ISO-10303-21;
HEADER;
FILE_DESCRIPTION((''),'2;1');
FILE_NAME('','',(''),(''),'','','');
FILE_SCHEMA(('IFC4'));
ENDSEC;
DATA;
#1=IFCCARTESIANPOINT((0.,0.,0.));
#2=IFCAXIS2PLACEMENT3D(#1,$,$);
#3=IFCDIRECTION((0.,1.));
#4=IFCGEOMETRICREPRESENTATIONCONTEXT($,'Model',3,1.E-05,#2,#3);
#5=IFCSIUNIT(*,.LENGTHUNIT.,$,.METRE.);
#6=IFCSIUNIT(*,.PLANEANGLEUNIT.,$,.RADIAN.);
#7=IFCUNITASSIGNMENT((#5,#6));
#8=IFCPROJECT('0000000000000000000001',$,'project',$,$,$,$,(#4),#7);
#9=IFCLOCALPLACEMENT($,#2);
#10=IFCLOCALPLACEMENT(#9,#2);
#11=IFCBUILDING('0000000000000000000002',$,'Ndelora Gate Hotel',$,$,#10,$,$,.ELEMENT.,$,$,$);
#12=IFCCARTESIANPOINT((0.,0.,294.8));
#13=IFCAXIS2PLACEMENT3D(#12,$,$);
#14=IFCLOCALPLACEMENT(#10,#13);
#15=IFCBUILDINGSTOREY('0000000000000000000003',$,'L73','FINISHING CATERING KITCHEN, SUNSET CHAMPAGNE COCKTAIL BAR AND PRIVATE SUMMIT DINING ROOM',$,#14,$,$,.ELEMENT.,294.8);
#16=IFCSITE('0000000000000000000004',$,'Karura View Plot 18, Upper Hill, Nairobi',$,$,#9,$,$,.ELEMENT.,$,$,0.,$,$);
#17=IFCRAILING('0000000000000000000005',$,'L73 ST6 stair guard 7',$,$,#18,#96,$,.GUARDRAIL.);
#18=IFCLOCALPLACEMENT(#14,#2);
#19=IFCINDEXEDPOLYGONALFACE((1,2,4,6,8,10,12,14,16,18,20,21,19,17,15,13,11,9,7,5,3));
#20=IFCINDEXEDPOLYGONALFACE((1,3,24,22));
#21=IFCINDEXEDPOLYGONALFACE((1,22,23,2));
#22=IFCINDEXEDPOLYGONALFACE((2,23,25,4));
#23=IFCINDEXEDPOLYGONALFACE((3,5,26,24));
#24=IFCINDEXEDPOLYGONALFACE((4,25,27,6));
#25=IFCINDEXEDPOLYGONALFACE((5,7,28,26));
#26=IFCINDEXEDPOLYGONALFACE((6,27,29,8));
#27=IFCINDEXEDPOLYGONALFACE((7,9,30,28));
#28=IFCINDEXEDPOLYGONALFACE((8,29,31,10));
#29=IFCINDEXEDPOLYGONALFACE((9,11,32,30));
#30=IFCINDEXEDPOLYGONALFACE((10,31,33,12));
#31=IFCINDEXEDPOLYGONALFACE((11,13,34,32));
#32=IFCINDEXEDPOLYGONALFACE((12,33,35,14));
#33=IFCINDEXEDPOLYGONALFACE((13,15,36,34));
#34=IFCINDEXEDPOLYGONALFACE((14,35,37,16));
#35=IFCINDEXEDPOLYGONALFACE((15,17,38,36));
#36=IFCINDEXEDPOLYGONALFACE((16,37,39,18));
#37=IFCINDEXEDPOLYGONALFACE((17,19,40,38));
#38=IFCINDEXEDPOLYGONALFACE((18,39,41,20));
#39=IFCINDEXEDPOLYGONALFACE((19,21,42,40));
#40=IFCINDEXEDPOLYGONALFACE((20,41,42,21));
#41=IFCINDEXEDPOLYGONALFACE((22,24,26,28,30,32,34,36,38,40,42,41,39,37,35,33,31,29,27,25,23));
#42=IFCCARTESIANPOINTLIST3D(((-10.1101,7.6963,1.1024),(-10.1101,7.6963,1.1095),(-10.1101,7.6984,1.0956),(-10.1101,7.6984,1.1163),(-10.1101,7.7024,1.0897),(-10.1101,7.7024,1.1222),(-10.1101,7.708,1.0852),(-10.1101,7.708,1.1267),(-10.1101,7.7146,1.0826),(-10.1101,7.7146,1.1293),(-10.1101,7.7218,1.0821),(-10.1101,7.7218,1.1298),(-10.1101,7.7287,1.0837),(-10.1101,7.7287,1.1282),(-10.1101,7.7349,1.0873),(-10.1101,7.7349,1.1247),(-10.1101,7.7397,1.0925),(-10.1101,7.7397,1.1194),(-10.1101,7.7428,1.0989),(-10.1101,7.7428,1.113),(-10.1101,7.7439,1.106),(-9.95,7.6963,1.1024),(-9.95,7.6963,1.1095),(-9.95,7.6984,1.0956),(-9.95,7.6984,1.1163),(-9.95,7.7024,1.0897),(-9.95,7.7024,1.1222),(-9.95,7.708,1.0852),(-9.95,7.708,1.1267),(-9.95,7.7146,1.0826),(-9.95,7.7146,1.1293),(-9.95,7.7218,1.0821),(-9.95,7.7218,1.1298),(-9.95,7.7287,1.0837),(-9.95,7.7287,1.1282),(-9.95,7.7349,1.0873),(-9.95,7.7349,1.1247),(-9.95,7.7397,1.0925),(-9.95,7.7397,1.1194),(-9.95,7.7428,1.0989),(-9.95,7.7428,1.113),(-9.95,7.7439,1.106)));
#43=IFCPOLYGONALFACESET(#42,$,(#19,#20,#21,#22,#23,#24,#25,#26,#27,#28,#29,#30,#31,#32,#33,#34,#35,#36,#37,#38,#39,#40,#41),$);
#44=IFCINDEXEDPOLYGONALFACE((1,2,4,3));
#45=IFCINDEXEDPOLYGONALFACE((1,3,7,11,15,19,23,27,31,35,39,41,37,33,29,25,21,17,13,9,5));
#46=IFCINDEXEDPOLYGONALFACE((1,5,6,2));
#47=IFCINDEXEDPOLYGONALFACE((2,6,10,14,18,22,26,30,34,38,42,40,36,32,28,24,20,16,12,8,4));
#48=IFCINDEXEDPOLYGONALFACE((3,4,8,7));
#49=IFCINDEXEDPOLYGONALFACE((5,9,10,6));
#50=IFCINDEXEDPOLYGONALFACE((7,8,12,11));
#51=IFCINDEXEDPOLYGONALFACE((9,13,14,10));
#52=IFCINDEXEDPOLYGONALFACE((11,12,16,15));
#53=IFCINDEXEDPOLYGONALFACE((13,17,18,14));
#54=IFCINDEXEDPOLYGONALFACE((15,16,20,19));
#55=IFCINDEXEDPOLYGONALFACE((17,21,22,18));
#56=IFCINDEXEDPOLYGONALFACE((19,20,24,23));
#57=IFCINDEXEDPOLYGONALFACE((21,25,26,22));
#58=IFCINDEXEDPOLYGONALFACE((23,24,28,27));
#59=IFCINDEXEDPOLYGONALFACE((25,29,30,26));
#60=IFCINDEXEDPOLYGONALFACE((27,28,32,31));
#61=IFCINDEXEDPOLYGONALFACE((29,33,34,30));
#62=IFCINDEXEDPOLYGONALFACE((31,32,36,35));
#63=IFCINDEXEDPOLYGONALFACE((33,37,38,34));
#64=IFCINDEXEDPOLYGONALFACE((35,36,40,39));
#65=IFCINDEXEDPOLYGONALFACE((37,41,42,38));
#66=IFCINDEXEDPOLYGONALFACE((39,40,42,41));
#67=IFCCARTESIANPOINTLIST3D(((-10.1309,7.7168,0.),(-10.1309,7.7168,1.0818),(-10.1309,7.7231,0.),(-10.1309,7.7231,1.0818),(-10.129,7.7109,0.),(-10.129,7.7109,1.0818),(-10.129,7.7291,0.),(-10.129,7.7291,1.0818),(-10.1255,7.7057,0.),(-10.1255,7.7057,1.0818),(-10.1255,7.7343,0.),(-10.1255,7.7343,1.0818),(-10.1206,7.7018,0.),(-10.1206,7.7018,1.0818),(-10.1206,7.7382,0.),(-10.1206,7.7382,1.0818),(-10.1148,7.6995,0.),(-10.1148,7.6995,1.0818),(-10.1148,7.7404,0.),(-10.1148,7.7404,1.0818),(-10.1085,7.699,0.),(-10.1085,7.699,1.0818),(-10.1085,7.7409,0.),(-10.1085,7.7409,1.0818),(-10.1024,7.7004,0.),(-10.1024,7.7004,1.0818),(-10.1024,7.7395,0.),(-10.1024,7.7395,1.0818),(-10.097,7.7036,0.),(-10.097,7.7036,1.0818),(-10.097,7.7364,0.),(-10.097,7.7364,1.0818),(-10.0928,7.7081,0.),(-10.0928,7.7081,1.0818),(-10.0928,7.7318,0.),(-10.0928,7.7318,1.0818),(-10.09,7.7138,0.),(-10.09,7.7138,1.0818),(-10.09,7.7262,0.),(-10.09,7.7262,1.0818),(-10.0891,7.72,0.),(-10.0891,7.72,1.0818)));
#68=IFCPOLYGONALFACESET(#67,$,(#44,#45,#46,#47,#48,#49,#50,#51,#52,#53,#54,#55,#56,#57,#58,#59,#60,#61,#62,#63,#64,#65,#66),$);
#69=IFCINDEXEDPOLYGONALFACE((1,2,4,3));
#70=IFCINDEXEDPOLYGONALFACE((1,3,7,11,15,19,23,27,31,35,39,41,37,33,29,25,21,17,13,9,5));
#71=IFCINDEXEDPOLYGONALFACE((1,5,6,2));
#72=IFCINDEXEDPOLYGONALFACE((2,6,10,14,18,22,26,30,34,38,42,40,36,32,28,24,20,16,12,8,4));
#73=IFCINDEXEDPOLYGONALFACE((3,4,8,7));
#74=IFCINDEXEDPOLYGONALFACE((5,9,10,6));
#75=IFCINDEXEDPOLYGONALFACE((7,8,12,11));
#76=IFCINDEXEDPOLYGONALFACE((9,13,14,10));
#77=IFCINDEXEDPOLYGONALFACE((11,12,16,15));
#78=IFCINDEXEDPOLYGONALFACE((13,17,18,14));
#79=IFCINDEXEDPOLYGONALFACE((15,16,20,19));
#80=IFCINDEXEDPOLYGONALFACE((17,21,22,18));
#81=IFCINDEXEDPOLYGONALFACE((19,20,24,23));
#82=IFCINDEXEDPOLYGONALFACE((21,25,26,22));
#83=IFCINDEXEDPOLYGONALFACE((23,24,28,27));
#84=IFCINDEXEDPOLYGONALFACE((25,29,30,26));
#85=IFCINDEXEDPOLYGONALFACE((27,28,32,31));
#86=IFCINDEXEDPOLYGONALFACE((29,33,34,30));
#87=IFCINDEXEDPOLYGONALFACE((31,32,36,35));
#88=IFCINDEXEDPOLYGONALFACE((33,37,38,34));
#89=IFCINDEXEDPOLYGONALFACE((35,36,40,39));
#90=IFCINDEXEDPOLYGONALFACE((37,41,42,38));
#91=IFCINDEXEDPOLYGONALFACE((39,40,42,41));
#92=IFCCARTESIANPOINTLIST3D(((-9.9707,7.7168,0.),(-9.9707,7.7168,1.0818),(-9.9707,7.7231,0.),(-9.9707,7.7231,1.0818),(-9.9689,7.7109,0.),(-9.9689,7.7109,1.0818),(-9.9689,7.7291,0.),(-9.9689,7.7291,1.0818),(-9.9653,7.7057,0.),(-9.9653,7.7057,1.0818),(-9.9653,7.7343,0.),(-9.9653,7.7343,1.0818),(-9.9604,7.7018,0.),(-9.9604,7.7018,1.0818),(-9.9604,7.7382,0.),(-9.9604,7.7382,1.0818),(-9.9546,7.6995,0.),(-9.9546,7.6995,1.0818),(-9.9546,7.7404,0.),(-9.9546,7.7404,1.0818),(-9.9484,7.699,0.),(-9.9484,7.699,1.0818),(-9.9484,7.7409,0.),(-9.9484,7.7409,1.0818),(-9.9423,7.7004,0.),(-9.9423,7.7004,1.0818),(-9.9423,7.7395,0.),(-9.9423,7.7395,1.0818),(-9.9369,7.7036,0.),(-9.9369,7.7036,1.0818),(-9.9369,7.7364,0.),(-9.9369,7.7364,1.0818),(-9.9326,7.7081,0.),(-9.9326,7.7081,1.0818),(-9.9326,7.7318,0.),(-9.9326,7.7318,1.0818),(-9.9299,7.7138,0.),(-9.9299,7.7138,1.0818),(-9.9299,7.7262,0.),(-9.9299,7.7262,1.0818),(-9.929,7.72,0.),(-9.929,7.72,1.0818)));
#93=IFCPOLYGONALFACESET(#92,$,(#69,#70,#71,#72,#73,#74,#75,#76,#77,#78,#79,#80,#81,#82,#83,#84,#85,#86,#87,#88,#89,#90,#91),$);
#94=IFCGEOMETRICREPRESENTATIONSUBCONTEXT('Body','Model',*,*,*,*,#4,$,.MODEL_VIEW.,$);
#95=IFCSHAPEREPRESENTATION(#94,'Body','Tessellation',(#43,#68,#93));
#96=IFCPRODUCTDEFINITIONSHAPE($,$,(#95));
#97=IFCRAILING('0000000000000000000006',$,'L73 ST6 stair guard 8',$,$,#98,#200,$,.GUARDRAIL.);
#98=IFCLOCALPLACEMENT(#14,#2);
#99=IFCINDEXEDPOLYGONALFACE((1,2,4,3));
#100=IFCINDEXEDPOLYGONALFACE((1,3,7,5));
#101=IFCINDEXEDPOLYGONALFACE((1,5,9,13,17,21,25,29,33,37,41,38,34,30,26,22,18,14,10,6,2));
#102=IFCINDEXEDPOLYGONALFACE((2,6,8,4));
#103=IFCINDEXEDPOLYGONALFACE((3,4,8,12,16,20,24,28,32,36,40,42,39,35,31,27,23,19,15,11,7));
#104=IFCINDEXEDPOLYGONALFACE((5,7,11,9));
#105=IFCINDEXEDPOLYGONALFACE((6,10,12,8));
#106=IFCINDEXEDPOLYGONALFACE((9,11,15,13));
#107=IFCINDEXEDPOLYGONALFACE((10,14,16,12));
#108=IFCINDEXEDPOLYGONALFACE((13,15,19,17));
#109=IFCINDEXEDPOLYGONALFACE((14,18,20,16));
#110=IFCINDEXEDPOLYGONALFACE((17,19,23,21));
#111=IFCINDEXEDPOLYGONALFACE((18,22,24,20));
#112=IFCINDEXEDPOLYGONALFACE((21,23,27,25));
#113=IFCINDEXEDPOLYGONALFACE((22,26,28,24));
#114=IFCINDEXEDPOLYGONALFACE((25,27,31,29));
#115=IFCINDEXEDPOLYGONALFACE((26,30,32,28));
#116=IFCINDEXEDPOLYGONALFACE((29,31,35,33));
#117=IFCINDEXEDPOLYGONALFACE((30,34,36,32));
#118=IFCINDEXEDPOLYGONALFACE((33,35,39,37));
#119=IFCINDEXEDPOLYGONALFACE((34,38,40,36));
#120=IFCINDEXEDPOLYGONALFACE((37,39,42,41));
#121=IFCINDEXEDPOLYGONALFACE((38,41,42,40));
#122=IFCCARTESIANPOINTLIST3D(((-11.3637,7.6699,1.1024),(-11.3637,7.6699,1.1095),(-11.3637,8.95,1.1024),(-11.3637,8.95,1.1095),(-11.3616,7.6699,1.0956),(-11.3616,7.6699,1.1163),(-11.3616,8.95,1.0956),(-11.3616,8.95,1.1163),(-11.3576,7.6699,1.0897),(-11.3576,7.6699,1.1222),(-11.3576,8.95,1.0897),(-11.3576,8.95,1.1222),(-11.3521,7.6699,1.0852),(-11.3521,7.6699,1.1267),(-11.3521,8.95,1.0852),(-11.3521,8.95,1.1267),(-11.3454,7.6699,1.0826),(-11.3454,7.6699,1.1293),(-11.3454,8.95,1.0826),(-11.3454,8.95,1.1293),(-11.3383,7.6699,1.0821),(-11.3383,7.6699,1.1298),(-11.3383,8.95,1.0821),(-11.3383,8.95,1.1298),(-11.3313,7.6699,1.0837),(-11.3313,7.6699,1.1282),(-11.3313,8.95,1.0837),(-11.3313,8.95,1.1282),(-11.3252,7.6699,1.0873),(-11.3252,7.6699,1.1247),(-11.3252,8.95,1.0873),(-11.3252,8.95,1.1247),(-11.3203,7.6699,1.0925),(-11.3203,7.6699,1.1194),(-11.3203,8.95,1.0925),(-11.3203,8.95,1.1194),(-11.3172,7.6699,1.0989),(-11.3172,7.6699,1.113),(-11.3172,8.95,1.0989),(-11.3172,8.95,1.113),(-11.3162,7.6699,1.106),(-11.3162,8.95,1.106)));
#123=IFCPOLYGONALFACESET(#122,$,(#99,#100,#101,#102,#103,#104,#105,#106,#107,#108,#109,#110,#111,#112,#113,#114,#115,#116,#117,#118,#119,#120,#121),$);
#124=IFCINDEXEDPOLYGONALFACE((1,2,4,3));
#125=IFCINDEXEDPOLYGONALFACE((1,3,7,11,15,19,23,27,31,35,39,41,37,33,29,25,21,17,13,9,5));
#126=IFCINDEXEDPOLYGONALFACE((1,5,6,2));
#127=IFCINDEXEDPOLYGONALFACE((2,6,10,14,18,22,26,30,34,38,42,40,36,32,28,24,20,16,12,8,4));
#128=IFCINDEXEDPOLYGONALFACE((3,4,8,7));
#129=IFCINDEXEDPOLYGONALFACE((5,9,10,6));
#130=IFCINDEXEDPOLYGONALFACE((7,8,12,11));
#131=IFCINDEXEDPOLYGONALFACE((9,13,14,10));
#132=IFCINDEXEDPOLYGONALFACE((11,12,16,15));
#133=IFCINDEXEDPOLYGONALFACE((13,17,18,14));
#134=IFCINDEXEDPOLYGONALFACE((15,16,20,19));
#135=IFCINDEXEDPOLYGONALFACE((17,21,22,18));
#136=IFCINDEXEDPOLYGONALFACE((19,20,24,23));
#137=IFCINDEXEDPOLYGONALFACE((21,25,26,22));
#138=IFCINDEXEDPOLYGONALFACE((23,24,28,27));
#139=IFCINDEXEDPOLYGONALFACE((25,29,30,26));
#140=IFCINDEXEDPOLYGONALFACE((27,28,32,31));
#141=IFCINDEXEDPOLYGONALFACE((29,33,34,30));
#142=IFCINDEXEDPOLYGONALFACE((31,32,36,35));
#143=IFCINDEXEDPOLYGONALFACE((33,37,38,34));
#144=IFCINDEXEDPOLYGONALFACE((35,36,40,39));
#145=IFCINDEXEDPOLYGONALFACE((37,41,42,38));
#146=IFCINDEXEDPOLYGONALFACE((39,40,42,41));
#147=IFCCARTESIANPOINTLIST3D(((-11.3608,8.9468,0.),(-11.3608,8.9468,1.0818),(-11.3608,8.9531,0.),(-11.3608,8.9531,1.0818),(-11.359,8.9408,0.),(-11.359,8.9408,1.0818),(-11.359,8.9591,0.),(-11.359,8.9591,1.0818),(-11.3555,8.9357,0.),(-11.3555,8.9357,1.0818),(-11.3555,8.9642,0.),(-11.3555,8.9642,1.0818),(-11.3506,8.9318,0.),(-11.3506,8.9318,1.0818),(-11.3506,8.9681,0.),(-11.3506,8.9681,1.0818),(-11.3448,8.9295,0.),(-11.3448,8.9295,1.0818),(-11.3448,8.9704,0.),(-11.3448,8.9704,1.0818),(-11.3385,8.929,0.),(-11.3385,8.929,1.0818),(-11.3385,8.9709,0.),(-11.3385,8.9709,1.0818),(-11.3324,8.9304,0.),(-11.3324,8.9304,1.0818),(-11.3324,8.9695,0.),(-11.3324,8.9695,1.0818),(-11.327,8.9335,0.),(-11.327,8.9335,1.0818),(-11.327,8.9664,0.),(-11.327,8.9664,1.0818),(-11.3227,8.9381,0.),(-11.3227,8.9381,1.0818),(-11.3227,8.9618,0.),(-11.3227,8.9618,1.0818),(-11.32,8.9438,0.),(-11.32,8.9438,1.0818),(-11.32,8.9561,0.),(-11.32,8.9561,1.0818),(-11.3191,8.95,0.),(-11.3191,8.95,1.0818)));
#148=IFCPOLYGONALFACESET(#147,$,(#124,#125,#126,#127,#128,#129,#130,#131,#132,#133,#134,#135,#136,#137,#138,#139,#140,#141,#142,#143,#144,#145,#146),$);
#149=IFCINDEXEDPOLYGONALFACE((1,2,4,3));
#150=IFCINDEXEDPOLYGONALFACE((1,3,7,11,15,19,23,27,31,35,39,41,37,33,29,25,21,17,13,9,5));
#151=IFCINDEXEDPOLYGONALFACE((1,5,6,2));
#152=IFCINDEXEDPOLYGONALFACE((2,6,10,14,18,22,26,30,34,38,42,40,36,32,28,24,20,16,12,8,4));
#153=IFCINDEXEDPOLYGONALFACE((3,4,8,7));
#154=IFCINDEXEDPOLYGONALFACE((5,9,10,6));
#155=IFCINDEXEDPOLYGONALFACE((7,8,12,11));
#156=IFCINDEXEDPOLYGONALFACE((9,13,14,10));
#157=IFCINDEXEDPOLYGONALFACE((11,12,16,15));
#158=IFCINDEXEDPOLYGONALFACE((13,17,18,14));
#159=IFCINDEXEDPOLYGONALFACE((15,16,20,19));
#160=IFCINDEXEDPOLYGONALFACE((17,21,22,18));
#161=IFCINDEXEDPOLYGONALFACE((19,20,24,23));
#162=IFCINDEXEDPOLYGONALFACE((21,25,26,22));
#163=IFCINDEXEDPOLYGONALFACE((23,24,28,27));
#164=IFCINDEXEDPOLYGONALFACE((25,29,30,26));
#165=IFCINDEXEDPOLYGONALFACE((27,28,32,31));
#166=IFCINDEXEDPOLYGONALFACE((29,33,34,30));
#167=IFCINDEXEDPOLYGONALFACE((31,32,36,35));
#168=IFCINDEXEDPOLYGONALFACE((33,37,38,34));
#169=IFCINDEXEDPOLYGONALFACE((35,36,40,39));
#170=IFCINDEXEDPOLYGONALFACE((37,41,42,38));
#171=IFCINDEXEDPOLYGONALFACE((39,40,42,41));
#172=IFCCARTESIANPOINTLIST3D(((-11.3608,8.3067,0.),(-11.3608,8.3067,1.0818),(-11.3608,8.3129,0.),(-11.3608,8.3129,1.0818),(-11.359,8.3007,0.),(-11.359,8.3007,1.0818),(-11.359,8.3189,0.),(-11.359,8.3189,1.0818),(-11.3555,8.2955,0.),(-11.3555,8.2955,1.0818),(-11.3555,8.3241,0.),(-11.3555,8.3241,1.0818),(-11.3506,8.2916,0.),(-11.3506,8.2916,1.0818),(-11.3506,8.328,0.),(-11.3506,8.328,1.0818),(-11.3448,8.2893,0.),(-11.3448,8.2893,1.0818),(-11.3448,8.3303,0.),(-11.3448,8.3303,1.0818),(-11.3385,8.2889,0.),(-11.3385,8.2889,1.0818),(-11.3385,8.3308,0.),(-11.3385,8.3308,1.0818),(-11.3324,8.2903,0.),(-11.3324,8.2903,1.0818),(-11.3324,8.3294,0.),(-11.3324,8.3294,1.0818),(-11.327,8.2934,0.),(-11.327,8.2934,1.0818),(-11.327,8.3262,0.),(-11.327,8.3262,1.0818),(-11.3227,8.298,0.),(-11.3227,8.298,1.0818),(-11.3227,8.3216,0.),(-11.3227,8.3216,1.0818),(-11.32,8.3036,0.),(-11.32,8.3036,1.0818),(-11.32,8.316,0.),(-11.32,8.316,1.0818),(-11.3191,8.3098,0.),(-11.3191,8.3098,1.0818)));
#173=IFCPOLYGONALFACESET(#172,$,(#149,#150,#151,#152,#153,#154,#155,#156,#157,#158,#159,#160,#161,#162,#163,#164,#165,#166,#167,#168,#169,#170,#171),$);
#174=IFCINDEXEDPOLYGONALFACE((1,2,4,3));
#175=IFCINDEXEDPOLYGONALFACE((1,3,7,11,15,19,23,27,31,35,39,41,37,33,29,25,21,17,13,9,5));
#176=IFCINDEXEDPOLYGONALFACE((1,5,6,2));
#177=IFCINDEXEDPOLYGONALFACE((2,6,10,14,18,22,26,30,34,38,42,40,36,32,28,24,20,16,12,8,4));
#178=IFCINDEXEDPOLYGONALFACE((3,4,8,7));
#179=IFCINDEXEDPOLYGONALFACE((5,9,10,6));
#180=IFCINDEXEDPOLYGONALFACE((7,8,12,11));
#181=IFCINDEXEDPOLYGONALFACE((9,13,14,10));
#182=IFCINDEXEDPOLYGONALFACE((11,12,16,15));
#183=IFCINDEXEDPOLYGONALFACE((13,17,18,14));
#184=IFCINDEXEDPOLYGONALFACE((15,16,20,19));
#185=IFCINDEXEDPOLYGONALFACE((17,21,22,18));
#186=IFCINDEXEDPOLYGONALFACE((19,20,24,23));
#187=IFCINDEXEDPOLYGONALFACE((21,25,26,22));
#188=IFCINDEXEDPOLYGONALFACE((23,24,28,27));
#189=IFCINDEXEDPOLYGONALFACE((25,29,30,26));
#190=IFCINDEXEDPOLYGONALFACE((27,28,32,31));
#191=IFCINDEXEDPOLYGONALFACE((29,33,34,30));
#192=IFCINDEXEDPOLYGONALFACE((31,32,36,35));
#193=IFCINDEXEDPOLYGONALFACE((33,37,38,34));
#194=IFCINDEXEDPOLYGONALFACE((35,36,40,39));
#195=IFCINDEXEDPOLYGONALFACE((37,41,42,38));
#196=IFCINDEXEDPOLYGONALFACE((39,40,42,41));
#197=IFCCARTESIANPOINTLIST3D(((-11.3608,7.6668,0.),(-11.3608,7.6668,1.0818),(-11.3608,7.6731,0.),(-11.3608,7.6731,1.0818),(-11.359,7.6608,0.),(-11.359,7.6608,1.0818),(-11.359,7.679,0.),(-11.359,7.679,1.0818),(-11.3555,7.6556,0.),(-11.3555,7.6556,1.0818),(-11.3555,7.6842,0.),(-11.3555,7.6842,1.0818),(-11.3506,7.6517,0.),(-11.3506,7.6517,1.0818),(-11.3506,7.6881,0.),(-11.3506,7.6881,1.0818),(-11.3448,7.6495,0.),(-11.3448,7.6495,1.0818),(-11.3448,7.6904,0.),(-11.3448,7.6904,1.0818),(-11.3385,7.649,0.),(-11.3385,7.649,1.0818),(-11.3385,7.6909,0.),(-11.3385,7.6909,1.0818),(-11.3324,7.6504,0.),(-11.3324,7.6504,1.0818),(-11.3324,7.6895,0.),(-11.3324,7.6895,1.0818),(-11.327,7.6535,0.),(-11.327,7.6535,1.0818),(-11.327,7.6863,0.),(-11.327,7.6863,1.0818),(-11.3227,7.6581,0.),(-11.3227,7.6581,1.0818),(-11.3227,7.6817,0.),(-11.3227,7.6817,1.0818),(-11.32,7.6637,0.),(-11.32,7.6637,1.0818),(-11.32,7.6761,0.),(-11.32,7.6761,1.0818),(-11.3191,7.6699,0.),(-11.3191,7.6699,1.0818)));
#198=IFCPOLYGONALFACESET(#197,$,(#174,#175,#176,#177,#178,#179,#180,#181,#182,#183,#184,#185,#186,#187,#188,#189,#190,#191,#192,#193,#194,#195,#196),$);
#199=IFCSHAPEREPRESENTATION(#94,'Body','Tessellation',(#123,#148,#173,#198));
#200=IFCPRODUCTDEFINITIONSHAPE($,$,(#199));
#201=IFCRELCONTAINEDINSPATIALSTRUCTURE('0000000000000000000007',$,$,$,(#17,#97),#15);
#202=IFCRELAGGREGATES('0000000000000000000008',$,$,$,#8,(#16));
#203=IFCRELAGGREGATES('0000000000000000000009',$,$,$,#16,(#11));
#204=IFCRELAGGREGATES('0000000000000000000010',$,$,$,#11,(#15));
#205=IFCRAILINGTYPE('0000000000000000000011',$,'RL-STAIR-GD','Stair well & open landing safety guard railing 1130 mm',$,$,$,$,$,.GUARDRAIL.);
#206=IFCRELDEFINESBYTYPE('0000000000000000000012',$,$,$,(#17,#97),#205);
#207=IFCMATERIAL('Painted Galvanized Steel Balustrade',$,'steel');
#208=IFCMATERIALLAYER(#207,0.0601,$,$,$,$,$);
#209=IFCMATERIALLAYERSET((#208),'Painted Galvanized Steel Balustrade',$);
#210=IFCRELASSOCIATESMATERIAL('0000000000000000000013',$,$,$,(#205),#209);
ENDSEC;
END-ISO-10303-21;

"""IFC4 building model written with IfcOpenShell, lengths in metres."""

from ifc_helpers import new_model, si_unit, direction, frame, origin, origin_2d, place, context, subcontext, project, spatial, circle, extrude, material, layer, layer_set, type_object, element, save


model = new_model("IFC4")

# Units and contexts
model_context = context("Model", 3, precision=1e-05, world=origin(), true_north=direction((0.0, 1.0)))
body_context = subcontext(model_context, "Body", "Model", "MODEL_VIEW")
ifc_project = project(units=[si_unit("LENGTHUNIT", "METRE"), si_unit("PLANEANGLEUNIT", "RADIAN")], contexts=[model_context])

# Site, building, storey
site_placement = place(None, origin())
site = spatial("IfcSite", under=ifc_project, at=site_placement, Name="Karura View Plot 18, Upper Hill, Nairobi", CompositionType="ELEMENT", RefElevation=0.0)
building_placement = place(site_placement, origin())
building = spatial("IfcBuilding", under=site, at=building_placement, Name="Ndelora Gate Hotel", CompositionType="ELEMENT")
storey_placement = place(building_placement, frame((0.0, 0.0, 294.8)))
storey = spatial("IfcBuildingStorey", under=building, at=storey_placement, Name="L73", Description="FINISHING CATERING KITCHEN, SUNSET CHAMPAGNE COCKTAIL BAR AND PRIVATE SUMMIT DINING ROOM", CompositionType="ELEMENT", Elevation=294.8)

# Railings
ifc_material_1 = material(Name="Painted Galvanized Steel Balustrade", Category="steel")
ifc_layer_1 = layer(ifc_material_1, 0.0601)
ifc_layer_set_1 = layer_set([ifc_layer_1], Name="Painted Galvanized Steel Balustrade")
railing_type_1 = type_object("IfcRailingType", Name="RL-STAIR-GD", Description="Stair well & open landing safety guard railing 1130 mm", PredefinedType="GUARDRAIL", material=ifc_layer_set_1)
railing_1_placement = place(storey_placement, frame((-10.1101, 7.72, 0.0)))
element("IfcRailing", 1, at=railing_1_placement, inside=storey, type_object=railing_type_1, Name="L73 ST6 stair guard 7", PredefinedType="GUARDRAIL", context=body_context, shape_type="SweptSolid", body=[
    extrude(circle(Radius=0.0239, at=origin_2d()), frame((0.0, 0.0, 1.106), z_axis=(1.0, 0.0, 0.0), x_axis=(0.0, 1.0, 0.0)), (0.0, 0.0, 1.0), 0.1602),
    extrude(circle(Radius=0.021, at=origin_2d()), origin(), (0.0, 0.0, 1.0), 1.0818),
    extrude(circle(Radius=0.021, at=origin_2d()), frame((0.1602, 0.0, 0.0)), (0.0, 0.0, 1.0), 1.0818),
])
for number, where, name in (
    (2, (-11.3401, 8.95, 0.0), "L73 ST6 stair guard 8"),
):
    element("IfcRailing", number, at=place(storey_placement, frame(where)), inside=storey, type_object=railing_type_1, Name=name, PredefinedType="GUARDRAIL", context=body_context, shape_type="SweptSolid", body=[
        extrude(circle(Radius=0.0239, at=origin_2d()), frame((0.0, 0.0, 1.106), z_axis=(0.0, -1.0, 0.0), x_axis=(1.0, 0.0, 0.0)), (0.0, 0.0, 1.0), 1.28),
        extrude(circle(Radius=0.021, at=origin_2d()), origin(), (0.0, 0.0, 1.0), 1.0818),
        extrude(circle(Radius=0.021, at=origin_2d()), frame((0.0, -0.6401, 0.0)), (0.0, 0.0, 1.0), 1.0818),
        extrude(circle(Radius=0.021, at=origin_2d()), frame((0.0, -1.28, 0.0)), (0.0, 0.0, 1.0), 1.0818),
    ])

save(model, "model.ifc")
